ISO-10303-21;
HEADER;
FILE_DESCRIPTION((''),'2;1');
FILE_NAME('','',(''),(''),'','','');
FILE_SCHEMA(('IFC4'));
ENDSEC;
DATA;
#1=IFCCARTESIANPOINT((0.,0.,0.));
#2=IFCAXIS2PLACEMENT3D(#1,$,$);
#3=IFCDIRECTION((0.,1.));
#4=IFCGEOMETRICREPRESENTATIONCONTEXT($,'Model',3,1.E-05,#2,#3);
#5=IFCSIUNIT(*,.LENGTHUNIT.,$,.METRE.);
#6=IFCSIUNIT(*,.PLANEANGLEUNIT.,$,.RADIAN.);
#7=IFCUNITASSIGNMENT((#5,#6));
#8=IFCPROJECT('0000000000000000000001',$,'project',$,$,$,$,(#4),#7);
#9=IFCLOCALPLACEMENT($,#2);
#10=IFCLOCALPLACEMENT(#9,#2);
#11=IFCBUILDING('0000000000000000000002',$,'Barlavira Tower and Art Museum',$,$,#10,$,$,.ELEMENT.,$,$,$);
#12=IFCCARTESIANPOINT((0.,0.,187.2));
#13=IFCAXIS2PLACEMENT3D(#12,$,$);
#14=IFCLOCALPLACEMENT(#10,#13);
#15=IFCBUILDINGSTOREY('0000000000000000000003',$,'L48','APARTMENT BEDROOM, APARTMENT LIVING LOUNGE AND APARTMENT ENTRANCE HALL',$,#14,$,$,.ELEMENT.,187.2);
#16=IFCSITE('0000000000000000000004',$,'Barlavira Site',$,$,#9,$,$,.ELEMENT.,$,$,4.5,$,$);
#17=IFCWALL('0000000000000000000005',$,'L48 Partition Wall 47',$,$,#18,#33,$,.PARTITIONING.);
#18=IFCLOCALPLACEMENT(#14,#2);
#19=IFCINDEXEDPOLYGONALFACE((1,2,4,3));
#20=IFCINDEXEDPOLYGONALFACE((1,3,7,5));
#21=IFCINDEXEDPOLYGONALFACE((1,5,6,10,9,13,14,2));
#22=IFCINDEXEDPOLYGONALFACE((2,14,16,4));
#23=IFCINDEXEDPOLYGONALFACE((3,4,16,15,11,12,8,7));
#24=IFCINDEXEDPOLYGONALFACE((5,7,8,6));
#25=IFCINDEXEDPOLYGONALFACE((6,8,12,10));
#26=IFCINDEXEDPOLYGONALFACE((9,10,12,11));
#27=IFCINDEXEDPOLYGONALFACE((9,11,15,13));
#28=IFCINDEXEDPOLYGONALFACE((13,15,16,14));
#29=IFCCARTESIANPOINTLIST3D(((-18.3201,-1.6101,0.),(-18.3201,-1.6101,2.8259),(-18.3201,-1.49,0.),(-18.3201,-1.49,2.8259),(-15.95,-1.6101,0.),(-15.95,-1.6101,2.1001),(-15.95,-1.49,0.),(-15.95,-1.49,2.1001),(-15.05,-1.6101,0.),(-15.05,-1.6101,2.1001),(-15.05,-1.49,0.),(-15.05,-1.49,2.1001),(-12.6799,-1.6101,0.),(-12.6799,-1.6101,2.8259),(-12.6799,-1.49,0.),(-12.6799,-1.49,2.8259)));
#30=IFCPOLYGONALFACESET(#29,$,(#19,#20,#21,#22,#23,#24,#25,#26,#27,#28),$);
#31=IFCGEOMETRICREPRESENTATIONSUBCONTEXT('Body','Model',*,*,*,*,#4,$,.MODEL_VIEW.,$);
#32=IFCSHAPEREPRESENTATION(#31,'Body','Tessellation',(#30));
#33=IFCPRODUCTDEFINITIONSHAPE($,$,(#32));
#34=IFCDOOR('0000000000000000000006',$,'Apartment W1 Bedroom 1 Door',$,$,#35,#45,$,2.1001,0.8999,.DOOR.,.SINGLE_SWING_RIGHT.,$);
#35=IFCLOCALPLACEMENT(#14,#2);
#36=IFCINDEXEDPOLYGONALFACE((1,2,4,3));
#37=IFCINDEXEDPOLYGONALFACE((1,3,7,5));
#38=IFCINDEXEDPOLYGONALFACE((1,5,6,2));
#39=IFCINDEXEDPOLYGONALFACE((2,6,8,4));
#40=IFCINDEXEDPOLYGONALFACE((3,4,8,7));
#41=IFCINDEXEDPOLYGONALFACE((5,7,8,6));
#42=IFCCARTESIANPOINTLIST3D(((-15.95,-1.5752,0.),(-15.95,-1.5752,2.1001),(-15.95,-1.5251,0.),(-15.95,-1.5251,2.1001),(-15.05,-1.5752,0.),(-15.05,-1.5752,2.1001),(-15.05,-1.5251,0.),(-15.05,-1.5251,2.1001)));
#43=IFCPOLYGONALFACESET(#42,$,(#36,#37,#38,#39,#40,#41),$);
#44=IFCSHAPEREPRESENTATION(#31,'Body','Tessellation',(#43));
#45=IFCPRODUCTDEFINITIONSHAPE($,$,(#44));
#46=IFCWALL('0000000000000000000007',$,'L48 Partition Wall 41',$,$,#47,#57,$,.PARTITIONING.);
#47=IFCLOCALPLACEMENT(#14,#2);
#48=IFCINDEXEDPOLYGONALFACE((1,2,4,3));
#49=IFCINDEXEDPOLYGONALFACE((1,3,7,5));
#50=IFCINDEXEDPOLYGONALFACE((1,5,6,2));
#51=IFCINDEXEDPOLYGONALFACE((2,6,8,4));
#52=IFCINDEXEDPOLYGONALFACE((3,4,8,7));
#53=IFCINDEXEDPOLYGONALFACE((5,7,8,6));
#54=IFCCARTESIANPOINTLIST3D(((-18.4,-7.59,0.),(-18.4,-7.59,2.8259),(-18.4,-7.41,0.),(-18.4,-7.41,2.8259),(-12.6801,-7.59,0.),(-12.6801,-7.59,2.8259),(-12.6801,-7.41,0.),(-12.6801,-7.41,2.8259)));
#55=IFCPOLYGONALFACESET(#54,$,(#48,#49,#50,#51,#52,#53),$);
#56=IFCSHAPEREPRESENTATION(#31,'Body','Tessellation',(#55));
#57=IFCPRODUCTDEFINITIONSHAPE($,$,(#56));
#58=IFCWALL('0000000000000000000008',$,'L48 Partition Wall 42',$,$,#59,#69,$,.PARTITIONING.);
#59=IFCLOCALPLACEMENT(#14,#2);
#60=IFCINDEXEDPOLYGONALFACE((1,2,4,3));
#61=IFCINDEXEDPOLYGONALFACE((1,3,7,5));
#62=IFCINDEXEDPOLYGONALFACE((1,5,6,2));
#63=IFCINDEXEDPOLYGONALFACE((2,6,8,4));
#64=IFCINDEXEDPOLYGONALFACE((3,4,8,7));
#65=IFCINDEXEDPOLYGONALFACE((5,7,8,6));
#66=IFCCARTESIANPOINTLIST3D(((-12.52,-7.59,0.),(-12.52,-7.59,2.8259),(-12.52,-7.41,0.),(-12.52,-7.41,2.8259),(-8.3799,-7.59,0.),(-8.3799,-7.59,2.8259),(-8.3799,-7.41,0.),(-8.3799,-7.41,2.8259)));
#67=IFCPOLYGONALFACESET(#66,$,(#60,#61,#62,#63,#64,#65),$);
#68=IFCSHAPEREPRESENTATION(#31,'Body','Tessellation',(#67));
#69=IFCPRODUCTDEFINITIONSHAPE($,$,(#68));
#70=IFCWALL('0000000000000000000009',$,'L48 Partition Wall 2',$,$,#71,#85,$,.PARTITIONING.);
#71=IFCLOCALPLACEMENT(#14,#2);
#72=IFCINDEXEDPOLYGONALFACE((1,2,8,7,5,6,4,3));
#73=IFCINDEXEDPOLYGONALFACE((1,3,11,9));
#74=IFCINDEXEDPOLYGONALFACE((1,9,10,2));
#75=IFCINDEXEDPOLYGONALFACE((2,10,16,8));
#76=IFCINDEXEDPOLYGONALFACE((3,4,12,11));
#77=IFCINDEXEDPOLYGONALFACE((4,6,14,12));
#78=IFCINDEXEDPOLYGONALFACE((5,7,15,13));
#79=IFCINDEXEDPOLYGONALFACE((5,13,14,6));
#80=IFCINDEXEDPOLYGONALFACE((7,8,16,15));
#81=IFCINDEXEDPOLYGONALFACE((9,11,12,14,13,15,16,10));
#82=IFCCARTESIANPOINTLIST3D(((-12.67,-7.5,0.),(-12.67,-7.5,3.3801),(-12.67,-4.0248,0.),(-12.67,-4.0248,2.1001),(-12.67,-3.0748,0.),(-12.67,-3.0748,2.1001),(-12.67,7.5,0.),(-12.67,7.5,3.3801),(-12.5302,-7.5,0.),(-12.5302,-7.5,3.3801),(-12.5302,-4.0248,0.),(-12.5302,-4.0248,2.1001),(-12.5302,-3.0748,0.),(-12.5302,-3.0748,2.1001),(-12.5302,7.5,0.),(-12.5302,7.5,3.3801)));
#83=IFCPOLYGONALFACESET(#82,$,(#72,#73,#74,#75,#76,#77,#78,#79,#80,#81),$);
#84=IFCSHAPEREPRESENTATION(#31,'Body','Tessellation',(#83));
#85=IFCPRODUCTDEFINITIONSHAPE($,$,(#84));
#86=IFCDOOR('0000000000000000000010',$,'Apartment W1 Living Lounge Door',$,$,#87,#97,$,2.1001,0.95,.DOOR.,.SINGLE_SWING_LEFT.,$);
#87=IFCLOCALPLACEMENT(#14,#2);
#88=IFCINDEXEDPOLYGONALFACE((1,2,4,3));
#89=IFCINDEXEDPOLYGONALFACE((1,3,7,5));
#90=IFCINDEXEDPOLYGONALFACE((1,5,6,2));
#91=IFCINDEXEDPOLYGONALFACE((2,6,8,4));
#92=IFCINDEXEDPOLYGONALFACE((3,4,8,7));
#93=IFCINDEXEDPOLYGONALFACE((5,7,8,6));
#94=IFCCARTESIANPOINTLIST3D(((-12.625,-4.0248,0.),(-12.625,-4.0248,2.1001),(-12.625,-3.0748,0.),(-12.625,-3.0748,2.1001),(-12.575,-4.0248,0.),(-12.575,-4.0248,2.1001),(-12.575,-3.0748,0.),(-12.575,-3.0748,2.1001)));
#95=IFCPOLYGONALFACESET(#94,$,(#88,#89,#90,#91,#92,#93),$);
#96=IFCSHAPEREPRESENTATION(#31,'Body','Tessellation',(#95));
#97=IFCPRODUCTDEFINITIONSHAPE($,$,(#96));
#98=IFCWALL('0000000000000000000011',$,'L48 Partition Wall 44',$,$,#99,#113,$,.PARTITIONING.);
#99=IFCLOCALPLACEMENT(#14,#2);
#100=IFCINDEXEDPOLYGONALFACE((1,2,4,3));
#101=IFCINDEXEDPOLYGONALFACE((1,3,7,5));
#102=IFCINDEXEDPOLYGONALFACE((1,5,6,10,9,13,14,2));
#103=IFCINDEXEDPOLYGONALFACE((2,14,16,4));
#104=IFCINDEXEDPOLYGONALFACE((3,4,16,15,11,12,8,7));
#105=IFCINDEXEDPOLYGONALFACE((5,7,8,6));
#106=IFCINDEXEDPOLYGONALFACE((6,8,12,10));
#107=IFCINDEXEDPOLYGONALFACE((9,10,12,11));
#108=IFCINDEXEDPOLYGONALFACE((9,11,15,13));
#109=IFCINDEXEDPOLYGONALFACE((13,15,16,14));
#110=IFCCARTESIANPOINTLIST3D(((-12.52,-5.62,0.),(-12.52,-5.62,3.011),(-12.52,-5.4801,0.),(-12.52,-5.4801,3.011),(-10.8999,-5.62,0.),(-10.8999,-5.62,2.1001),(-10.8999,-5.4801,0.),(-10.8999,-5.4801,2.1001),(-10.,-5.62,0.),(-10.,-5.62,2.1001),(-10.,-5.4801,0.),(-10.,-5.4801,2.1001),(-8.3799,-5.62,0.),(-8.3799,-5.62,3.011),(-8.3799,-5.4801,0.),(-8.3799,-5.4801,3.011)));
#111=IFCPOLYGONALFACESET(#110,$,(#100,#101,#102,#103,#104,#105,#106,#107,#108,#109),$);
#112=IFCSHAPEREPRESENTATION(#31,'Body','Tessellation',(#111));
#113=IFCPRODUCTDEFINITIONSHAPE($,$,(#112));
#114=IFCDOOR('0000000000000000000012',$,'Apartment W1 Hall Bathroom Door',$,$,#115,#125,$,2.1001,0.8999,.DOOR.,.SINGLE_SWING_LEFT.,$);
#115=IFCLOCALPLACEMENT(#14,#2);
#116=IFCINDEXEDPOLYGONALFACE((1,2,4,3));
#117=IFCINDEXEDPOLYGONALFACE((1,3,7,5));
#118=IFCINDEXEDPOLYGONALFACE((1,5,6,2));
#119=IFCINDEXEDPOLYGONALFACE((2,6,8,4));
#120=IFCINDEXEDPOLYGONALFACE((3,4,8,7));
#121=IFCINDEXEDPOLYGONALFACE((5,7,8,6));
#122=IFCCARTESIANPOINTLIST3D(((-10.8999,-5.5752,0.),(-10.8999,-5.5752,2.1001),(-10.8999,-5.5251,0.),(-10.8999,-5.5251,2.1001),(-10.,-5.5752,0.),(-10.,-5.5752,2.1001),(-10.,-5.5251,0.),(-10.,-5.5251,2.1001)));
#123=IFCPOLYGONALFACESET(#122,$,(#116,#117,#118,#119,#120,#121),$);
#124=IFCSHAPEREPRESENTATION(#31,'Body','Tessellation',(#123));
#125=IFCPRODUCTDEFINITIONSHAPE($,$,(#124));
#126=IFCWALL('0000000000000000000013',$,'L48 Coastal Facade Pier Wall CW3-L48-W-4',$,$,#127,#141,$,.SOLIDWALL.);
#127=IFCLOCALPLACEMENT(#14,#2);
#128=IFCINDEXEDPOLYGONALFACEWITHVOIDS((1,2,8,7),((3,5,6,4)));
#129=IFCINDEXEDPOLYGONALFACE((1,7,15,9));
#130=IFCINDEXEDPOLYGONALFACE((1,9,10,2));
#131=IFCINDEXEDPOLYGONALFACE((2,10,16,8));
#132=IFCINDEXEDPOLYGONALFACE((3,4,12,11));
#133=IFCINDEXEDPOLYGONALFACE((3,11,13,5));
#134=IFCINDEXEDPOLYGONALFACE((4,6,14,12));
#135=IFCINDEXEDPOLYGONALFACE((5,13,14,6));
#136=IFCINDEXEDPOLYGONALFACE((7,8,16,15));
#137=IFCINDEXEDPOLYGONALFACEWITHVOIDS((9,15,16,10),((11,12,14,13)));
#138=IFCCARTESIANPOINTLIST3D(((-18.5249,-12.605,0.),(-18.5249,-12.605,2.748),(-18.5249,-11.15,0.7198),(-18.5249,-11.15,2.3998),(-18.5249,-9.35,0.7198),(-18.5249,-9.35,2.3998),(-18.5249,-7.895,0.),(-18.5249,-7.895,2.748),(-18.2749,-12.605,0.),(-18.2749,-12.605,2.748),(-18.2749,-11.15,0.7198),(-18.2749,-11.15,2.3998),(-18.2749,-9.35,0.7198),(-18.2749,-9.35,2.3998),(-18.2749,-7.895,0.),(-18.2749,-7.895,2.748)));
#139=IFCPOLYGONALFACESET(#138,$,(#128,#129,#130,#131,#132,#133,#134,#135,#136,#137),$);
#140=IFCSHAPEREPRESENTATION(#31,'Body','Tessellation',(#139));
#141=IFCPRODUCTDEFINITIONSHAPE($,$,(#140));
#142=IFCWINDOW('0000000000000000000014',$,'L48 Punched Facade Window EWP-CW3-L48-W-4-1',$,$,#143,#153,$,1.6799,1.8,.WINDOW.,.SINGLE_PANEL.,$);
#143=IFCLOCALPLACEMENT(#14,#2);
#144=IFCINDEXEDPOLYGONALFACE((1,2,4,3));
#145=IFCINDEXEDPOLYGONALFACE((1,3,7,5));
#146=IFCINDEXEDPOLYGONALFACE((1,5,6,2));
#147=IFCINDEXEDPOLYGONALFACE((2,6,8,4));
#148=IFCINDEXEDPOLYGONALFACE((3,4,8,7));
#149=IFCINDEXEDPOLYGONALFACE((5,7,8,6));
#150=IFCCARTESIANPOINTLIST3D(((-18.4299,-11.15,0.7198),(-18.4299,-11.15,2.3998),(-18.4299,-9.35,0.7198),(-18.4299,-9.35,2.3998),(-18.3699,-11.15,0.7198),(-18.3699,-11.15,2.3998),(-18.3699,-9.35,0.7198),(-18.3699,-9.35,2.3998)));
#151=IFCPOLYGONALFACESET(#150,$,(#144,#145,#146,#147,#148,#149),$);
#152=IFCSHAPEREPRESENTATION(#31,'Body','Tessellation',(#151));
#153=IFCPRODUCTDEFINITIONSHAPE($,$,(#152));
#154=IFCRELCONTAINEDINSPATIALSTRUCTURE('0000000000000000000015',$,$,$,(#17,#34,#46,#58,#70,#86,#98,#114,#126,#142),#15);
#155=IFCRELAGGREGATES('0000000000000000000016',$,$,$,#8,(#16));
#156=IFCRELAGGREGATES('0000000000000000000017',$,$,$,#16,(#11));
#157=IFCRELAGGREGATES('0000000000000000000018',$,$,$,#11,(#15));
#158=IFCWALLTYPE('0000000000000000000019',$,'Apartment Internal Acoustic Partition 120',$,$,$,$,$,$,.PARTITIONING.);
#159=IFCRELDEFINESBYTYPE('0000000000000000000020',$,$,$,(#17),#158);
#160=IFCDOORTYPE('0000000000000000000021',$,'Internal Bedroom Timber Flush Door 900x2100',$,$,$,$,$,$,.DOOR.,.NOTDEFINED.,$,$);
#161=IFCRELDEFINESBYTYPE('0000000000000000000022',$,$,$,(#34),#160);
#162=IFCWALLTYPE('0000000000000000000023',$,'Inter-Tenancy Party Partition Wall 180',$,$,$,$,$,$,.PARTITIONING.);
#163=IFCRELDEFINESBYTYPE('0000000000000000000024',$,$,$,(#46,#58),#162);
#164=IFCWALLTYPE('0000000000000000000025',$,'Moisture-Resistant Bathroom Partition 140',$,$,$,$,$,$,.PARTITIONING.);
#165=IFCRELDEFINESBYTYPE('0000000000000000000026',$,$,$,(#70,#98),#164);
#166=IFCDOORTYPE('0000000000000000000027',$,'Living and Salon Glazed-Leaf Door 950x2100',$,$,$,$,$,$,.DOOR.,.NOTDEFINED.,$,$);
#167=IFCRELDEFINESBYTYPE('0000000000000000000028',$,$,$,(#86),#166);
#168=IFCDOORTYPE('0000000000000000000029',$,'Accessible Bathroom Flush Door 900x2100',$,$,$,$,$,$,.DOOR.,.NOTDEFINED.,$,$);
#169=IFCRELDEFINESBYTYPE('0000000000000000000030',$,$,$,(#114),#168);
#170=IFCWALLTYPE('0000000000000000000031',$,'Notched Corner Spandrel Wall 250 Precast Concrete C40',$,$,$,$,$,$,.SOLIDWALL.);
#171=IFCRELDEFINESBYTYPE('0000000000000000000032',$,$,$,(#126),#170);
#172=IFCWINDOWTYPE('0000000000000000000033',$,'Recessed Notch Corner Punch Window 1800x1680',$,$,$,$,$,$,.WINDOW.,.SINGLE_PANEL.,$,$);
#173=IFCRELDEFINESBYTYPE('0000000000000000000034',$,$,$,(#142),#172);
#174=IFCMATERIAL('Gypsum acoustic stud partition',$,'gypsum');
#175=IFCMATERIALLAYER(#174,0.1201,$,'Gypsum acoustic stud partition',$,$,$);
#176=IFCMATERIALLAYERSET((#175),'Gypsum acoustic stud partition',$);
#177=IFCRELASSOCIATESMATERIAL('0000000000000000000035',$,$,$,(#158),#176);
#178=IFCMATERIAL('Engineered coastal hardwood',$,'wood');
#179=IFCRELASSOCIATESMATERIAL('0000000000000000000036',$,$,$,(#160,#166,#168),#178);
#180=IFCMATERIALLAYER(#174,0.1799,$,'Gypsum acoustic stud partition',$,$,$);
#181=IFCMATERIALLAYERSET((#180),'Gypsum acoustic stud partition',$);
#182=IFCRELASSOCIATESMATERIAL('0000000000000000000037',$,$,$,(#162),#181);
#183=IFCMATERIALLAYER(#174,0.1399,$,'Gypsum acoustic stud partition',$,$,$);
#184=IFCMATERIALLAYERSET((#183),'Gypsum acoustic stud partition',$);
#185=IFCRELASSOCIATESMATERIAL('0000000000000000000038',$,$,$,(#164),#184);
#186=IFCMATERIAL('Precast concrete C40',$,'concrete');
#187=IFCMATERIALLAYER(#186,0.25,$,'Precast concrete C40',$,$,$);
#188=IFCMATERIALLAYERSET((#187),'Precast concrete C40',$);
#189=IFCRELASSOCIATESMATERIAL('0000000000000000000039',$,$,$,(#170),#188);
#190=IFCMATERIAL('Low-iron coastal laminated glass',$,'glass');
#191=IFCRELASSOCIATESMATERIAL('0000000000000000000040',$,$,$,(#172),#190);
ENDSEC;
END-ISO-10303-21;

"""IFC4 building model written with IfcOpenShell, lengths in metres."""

from ifc_helpers import new_model, si_unit, direction, frame, frame_2d, origin, place, context, subcontext, project, spatial, rectangle, extrude, material, layer, layer_set, type_object, element, fill, save


model = new_model("IFC4")

# Units and contexts
model_context = context("Model", 3, precision=1e-05, world=origin(), true_north=direction((0.0, 1.0)))
body_context = subcontext(model_context, "Body", "Model", "MODEL_VIEW")
ifc_project = project(units=[si_unit("LENGTHUNIT", "METRE"), si_unit("PLANEANGLEUNIT", "RADIAN")], contexts=[model_context])

# Site, building, storey
site_placement = place(None, origin())
site = spatial("IfcSite", under=ifc_project, at=site_placement, Name="Barlavira Site", CompositionType="ELEMENT", RefElevation=4.5)
building_placement = place(site_placement, origin())
building = spatial("IfcBuilding", under=site, at=building_placement, Name="Barlavira Tower and Art Museum", CompositionType="ELEMENT")
storey_placement = place(building_placement, frame((0.0, 0.0, 187.2)))
storey = spatial("IfcBuildingStorey", under=building, at=storey_placement, Name="L48", Description="APARTMENT BEDROOM, APARTMENT LIVING LOUNGE AND APARTMENT ENTRANCE HALL", CompositionType="ELEMENT", Elevation=187.2)

# Shared definitions
ifc_material_1 = material(Name="Low-iron coastal laminated glass", Category="glass")

# Wall, opening, door
ifc_material_2 = material(Name="Gypsum acoustic stud partition", Category="gypsum")
ifc_layer_1 = layer(ifc_material_2, 0.1201, Name="Gypsum acoustic stud partition")
ifc_layer_set_1 = layer_set([ifc_layer_1], Name="Gypsum acoustic stud partition")
wall_type_1 = type_object("IfcWallType", Name="Apartment Internal Acoustic Partition 120", PredefinedType="PARTITIONING", material=ifc_layer_set_1)
wall_1_placement = place(storey_placement, frame((-18.3201, -1.55, 0.0), z_axis=(0.0, 0.0, 1.0), x_axis=(1.0, 0.0, 0.0)))
wall_1 = element("IfcWall", 1, at=wall_1_placement, inside=storey, type_object=wall_type_1, Name="L48 Partition Wall 47", PredefinedType="PARTITIONING", context=body_context, shape_type="SweptSolid", body=[
    extrude(rectangle(XDim=5.6401, YDim=0.1201, at=frame_2d((2.8201, 0.0))), origin(), (0.0, 0.0, 1.0), 2.8259),
])
opening_1_placement = place(wall_1_placement, frame((2.3701, 0.0, 0.0)))
opening_1 = element("IfcOpeningElement", 2, at=opening_1_placement, cuts=wall_1, PredefinedType="OPENING", context=body_context, shape_type="SweptSolid", body=[
    extrude(rectangle(XDim=0.8999, YDim=2.1001, at=frame_2d((0.45, 1.05))), frame((0.0, 0.0701, 0.0), z_axis=(0.0, -1.0, 0.0), x_axis=(1.0, 0.0, 0.0)), (0.0, 0.0, 1.0), 0.1401),
])
ifc_material_3 = material(Name="Engineered coastal hardwood", Category="wood")
door_type_1 = type_object("IfcDoorType", Name="Internal Bedroom Timber Flush Door 900x2100", OperationType="NOTDEFINED", PredefinedType="DOOR", material=ifc_material_3)
door_1_placement = place(opening_1_placement, origin())
door_1 = element("IfcDoor", 3, at=door_1_placement, inside=storey, type_object=door_type_1, Name="Apartment W1 Bedroom 1 Door", OperationType="SINGLE_SWING_RIGHT", OverallHeight=2.1001, OverallWidth=0.8999, PredefinedType="DOOR", context=body_context, shape_type="SweptSolid", body=[
    extrude(rectangle(XDim=0.8999, YDim=2.1001, at=frame_2d((0.45, 1.05))), frame((0.0, 0.0249, 0.0), z_axis=(0.0, -1.0, 0.0), x_axis=(1.0, 0.0, 0.0)), (0.0, 0.0, 1.0), 0.05),
])
fill(opening_1, door_1)
ifc_layer_2 = layer(ifc_material_2, 0.1799, Name="Gypsum acoustic stud partition")
ifc_layer_set_2 = layer_set([ifc_layer_2], Name="Gypsum acoustic stud partition")
wall_type_2 = type_object("IfcWallType", Name="Inter-Tenancy Party Partition Wall 180", PredefinedType="PARTITIONING", material=ifc_layer_set_2)

# Walls
wall_2_placement = place(storey_placement, frame((-18.3999, -7.5, 0.0), z_axis=(0.0, 0.0, 1.0), x_axis=(1.0, 0.0, 0.0)))
element("IfcWall", 4, at=wall_2_placement, inside=storey, type_object=wall_type_2, Name="L48 Partition Wall 41", PredefinedType="PARTITIONING", context=body_context, shape_type="SweptSolid", body=[
    extrude(rectangle(XDim=5.72, YDim=0.1799, at=frame_2d((2.8599, 0.0))), origin(), (0.0, 0.0, 1.0), 2.8259),
])
wall_3_placement = place(storey_placement, frame((-12.52, -7.5, 0.0), z_axis=(0.0, 0.0, 1.0), x_axis=(1.0, 0.0, 0.0)))
element("IfcWall", 5, at=wall_3_placement, inside=storey, type_object=wall_type_2, Name="L48 Partition Wall 42", PredefinedType="PARTITIONING", context=body_context, shape_type="SweptSolid", body=[
    extrude(rectangle(XDim=4.1401, YDim=0.1799, at=frame_2d((2.0701, 0.0))), origin(), (0.0, 0.0, 1.0), 2.8259),
])

# Walls, openings, doors
ifc_layer_3 = layer(ifc_material_2, 0.1399, Name="Gypsum acoustic stud partition")
ifc_layer_set_3 = layer_set([ifc_layer_3], Name="Gypsum acoustic stud partition")
wall_type_3 = type_object("IfcWallType", Name="Moisture-Resistant Bathroom Partition 140", PredefinedType="PARTITIONING", material=ifc_layer_set_3)
wall_4_placement = place(storey_placement, frame((-12.6001, -7.5, 0.0), z_axis=(0.0, 0.0, 1.0), x_axis=(0.0, 1.0, 0.0)))
wall_4 = element("IfcWall", 6, at=wall_4_placement, inside=storey, type_object=wall_type_3, Name="L48 Partition Wall 2", PredefinedType="PARTITIONING", context=body_context, shape_type="SweptSolid", body=[
    extrude(rectangle(XDim=15.0, YDim=0.1399, at=frame_2d((7.5, 0.0))), origin(), (0.0, 0.0, 1.0), 3.3801),
])
opening_2_placement = place(wall_4_placement, frame((3.4751, 0.0, 0.0)))
opening_2 = element("IfcOpeningElement", 7, at=opening_2_placement, cuts=wall_4, PredefinedType="OPENING", context=body_context, shape_type="SweptSolid", body=[
    extrude(rectangle(XDim=0.95, YDim=2.1001, at=frame_2d((0.4751, 1.05))), frame((0.0, 0.0801, 0.0), z_axis=(0.0, -1.0, 0.0), x_axis=(1.0, 0.0, 0.0)), (0.0, 0.0, 1.0), 0.1599),
])
door_type_2 = type_object("IfcDoorType", Name="Living and Salon Glazed-Leaf Door 950x2100", OperationType="NOTDEFINED", PredefinedType="DOOR", material=ifc_material_3)
door_2_placement = place(opening_2_placement, origin())
door_2 = element("IfcDoor", 8, at=door_2_placement, inside=storey, type_object=door_type_2, Name="Apartment W1 Living Lounge Door", OperationType="SINGLE_SWING_LEFT", OverallHeight=2.1001, OverallWidth=0.95, PredefinedType="DOOR", context=body_context, shape_type="SweptSolid", body=[
    extrude(rectangle(XDim=0.95, YDim=2.1001, at=frame_2d((0.4751, 1.05))), frame((0.0, 0.0249, 0.0), z_axis=(0.0, -1.0, 0.0), x_axis=(1.0, 0.0, 0.0)), (0.0, 0.0, 1.0), 0.05),
])
fill(opening_2, door_2)
wall_5_placement = place(storey_placement, frame((-12.52, -5.55, 0.0), z_axis=(0.0, 0.0, 1.0), x_axis=(1.0, 0.0, 0.0)))
wall_5 = element("IfcWall", 9, at=wall_5_placement, inside=storey, type_object=wall_type_3, Name="L48 Partition Wall 44", PredefinedType="PARTITIONING", context=body_context, shape_type="SweptSolid", body=[
    extrude(rectangle(XDim=4.1401, YDim=0.1399, at=frame_2d((2.0701, 0.0))), origin(), (0.0, 0.0, 1.0), 3.011),
])
opening_3_placement = place(wall_5_placement, frame((1.6201, 0.0, 0.0)))
opening_3 = element("IfcOpeningElement", 10, at=opening_3_placement, cuts=wall_5, PredefinedType="OPENING", context=body_context, shape_type="SweptSolid", body=[
    extrude(rectangle(XDim=0.8999, YDim=2.1001, at=frame_2d((0.45, 1.05))), frame((0.0, 0.0801, 0.0), z_axis=(0.0, -1.0, 0.0), x_axis=(1.0, 0.0, 0.0)), (0.0, 0.0, 1.0), 0.1599),
])
door_type_3 = type_object("IfcDoorType", Name="Accessible Bathroom Flush Door 900x2100", OperationType="NOTDEFINED", PredefinedType="DOOR", material=ifc_material_3)
door_3_placement = place(opening_3_placement, origin())
door_3 = element("IfcDoor", 11, at=door_3_placement, inside=storey, type_object=door_type_3, Name="Apartment W1 Hall Bathroom Door", OperationType="SINGLE_SWING_LEFT", OverallHeight=2.1001, OverallWidth=0.8999, PredefinedType="DOOR", context=body_context, shape_type="SweptSolid", body=[
    extrude(rectangle(XDim=0.8999, YDim=2.1001, at=frame_2d((0.45, 1.05))), frame((0.0, 0.0249, 0.0), z_axis=(0.0, -1.0, 0.0), x_axis=(1.0, 0.0, 0.0)), (0.0, 0.0, 1.0), 0.05),
])
fill(opening_3, door_3)

# Wall, opening, window
ifc_material_4 = material(Name="Precast concrete C40", Category="concrete")
ifc_layer_4 = layer(ifc_material_4, 0.25, Name="Precast concrete C40")
ifc_layer_set_4 = layer_set([ifc_layer_4], Name="Precast concrete C40")
wall_type_4 = type_object("IfcWallType", Name="Notched Corner Spandrel Wall 250 Precast Concrete C40", PredefinedType="SOLIDWALL", material=ifc_layer_set_4)
wall_6_placement = place(storey_placement, frame((-18.3999, -7.895, 0.0), z_axis=(0.0, 0.0, 1.0), x_axis=(0.0, -1.0, 0.0)))
wall_6 = element("IfcWall", 12, at=wall_6_placement, inside=storey, type_object=wall_type_4, Name="L48 Coastal Facade Pier Wall CW3-L48-W-4", PredefinedType="SOLIDWALL", context=body_context, shape_type="SweptSolid", body=[
    extrude(rectangle(XDim=4.71, YDim=0.25, at=frame_2d((2.355, 0.0))), origin(), (0.0, 0.0, 1.0), 2.748),
])
opening_4_placement = place(wall_6_placement, frame((1.4551, 0.0, 0.72)))
opening_4 = element("IfcOpeningElement", 13, at=opening_4_placement, cuts=wall_6, PredefinedType="OPENING", context=body_context, shape_type="SweptSolid", body=[
    extrude(rectangle(XDim=1.8, YDim=1.6799, at=frame_2d((0.8999, 0.8398))), frame((0.0, 0.135, 0.0), z_axis=(0.0, -1.0, 0.0), x_axis=(1.0, 0.0, 0.0)), (0.0, 0.0, 1.0), 0.27),
])
window_type = type_object("IfcWindowType", Name="Recessed Notch Corner Punch Window 1800x1680", PartitioningType="SINGLE_PANEL", PredefinedType="WINDOW", material=ifc_material_1)
window_placement = place(opening_4_placement, origin())
window = element("IfcWindow", 14, at=window_placement, inside=storey, type_object=window_type, Name="L48 Punched Facade Window EWP-CW3-L48-W-4-1", OverallHeight=1.6799, OverallWidth=1.8, PartitioningType="SINGLE_PANEL", PredefinedType="WINDOW", context=body_context, shape_type="SweptSolid", body=[
    extrude(rectangle(XDim=1.8, YDim=1.6799, at=frame_2d((0.8999, 0.8398))), frame((0.0, 0.03, 0.0), z_axis=(0.0, -1.0, 0.0), x_axis=(1.0, 0.0, 0.0)), (0.0, 0.0, 1.0), 0.0601),
])
fill(opening_4, window)

save(model, "model.ifc")
